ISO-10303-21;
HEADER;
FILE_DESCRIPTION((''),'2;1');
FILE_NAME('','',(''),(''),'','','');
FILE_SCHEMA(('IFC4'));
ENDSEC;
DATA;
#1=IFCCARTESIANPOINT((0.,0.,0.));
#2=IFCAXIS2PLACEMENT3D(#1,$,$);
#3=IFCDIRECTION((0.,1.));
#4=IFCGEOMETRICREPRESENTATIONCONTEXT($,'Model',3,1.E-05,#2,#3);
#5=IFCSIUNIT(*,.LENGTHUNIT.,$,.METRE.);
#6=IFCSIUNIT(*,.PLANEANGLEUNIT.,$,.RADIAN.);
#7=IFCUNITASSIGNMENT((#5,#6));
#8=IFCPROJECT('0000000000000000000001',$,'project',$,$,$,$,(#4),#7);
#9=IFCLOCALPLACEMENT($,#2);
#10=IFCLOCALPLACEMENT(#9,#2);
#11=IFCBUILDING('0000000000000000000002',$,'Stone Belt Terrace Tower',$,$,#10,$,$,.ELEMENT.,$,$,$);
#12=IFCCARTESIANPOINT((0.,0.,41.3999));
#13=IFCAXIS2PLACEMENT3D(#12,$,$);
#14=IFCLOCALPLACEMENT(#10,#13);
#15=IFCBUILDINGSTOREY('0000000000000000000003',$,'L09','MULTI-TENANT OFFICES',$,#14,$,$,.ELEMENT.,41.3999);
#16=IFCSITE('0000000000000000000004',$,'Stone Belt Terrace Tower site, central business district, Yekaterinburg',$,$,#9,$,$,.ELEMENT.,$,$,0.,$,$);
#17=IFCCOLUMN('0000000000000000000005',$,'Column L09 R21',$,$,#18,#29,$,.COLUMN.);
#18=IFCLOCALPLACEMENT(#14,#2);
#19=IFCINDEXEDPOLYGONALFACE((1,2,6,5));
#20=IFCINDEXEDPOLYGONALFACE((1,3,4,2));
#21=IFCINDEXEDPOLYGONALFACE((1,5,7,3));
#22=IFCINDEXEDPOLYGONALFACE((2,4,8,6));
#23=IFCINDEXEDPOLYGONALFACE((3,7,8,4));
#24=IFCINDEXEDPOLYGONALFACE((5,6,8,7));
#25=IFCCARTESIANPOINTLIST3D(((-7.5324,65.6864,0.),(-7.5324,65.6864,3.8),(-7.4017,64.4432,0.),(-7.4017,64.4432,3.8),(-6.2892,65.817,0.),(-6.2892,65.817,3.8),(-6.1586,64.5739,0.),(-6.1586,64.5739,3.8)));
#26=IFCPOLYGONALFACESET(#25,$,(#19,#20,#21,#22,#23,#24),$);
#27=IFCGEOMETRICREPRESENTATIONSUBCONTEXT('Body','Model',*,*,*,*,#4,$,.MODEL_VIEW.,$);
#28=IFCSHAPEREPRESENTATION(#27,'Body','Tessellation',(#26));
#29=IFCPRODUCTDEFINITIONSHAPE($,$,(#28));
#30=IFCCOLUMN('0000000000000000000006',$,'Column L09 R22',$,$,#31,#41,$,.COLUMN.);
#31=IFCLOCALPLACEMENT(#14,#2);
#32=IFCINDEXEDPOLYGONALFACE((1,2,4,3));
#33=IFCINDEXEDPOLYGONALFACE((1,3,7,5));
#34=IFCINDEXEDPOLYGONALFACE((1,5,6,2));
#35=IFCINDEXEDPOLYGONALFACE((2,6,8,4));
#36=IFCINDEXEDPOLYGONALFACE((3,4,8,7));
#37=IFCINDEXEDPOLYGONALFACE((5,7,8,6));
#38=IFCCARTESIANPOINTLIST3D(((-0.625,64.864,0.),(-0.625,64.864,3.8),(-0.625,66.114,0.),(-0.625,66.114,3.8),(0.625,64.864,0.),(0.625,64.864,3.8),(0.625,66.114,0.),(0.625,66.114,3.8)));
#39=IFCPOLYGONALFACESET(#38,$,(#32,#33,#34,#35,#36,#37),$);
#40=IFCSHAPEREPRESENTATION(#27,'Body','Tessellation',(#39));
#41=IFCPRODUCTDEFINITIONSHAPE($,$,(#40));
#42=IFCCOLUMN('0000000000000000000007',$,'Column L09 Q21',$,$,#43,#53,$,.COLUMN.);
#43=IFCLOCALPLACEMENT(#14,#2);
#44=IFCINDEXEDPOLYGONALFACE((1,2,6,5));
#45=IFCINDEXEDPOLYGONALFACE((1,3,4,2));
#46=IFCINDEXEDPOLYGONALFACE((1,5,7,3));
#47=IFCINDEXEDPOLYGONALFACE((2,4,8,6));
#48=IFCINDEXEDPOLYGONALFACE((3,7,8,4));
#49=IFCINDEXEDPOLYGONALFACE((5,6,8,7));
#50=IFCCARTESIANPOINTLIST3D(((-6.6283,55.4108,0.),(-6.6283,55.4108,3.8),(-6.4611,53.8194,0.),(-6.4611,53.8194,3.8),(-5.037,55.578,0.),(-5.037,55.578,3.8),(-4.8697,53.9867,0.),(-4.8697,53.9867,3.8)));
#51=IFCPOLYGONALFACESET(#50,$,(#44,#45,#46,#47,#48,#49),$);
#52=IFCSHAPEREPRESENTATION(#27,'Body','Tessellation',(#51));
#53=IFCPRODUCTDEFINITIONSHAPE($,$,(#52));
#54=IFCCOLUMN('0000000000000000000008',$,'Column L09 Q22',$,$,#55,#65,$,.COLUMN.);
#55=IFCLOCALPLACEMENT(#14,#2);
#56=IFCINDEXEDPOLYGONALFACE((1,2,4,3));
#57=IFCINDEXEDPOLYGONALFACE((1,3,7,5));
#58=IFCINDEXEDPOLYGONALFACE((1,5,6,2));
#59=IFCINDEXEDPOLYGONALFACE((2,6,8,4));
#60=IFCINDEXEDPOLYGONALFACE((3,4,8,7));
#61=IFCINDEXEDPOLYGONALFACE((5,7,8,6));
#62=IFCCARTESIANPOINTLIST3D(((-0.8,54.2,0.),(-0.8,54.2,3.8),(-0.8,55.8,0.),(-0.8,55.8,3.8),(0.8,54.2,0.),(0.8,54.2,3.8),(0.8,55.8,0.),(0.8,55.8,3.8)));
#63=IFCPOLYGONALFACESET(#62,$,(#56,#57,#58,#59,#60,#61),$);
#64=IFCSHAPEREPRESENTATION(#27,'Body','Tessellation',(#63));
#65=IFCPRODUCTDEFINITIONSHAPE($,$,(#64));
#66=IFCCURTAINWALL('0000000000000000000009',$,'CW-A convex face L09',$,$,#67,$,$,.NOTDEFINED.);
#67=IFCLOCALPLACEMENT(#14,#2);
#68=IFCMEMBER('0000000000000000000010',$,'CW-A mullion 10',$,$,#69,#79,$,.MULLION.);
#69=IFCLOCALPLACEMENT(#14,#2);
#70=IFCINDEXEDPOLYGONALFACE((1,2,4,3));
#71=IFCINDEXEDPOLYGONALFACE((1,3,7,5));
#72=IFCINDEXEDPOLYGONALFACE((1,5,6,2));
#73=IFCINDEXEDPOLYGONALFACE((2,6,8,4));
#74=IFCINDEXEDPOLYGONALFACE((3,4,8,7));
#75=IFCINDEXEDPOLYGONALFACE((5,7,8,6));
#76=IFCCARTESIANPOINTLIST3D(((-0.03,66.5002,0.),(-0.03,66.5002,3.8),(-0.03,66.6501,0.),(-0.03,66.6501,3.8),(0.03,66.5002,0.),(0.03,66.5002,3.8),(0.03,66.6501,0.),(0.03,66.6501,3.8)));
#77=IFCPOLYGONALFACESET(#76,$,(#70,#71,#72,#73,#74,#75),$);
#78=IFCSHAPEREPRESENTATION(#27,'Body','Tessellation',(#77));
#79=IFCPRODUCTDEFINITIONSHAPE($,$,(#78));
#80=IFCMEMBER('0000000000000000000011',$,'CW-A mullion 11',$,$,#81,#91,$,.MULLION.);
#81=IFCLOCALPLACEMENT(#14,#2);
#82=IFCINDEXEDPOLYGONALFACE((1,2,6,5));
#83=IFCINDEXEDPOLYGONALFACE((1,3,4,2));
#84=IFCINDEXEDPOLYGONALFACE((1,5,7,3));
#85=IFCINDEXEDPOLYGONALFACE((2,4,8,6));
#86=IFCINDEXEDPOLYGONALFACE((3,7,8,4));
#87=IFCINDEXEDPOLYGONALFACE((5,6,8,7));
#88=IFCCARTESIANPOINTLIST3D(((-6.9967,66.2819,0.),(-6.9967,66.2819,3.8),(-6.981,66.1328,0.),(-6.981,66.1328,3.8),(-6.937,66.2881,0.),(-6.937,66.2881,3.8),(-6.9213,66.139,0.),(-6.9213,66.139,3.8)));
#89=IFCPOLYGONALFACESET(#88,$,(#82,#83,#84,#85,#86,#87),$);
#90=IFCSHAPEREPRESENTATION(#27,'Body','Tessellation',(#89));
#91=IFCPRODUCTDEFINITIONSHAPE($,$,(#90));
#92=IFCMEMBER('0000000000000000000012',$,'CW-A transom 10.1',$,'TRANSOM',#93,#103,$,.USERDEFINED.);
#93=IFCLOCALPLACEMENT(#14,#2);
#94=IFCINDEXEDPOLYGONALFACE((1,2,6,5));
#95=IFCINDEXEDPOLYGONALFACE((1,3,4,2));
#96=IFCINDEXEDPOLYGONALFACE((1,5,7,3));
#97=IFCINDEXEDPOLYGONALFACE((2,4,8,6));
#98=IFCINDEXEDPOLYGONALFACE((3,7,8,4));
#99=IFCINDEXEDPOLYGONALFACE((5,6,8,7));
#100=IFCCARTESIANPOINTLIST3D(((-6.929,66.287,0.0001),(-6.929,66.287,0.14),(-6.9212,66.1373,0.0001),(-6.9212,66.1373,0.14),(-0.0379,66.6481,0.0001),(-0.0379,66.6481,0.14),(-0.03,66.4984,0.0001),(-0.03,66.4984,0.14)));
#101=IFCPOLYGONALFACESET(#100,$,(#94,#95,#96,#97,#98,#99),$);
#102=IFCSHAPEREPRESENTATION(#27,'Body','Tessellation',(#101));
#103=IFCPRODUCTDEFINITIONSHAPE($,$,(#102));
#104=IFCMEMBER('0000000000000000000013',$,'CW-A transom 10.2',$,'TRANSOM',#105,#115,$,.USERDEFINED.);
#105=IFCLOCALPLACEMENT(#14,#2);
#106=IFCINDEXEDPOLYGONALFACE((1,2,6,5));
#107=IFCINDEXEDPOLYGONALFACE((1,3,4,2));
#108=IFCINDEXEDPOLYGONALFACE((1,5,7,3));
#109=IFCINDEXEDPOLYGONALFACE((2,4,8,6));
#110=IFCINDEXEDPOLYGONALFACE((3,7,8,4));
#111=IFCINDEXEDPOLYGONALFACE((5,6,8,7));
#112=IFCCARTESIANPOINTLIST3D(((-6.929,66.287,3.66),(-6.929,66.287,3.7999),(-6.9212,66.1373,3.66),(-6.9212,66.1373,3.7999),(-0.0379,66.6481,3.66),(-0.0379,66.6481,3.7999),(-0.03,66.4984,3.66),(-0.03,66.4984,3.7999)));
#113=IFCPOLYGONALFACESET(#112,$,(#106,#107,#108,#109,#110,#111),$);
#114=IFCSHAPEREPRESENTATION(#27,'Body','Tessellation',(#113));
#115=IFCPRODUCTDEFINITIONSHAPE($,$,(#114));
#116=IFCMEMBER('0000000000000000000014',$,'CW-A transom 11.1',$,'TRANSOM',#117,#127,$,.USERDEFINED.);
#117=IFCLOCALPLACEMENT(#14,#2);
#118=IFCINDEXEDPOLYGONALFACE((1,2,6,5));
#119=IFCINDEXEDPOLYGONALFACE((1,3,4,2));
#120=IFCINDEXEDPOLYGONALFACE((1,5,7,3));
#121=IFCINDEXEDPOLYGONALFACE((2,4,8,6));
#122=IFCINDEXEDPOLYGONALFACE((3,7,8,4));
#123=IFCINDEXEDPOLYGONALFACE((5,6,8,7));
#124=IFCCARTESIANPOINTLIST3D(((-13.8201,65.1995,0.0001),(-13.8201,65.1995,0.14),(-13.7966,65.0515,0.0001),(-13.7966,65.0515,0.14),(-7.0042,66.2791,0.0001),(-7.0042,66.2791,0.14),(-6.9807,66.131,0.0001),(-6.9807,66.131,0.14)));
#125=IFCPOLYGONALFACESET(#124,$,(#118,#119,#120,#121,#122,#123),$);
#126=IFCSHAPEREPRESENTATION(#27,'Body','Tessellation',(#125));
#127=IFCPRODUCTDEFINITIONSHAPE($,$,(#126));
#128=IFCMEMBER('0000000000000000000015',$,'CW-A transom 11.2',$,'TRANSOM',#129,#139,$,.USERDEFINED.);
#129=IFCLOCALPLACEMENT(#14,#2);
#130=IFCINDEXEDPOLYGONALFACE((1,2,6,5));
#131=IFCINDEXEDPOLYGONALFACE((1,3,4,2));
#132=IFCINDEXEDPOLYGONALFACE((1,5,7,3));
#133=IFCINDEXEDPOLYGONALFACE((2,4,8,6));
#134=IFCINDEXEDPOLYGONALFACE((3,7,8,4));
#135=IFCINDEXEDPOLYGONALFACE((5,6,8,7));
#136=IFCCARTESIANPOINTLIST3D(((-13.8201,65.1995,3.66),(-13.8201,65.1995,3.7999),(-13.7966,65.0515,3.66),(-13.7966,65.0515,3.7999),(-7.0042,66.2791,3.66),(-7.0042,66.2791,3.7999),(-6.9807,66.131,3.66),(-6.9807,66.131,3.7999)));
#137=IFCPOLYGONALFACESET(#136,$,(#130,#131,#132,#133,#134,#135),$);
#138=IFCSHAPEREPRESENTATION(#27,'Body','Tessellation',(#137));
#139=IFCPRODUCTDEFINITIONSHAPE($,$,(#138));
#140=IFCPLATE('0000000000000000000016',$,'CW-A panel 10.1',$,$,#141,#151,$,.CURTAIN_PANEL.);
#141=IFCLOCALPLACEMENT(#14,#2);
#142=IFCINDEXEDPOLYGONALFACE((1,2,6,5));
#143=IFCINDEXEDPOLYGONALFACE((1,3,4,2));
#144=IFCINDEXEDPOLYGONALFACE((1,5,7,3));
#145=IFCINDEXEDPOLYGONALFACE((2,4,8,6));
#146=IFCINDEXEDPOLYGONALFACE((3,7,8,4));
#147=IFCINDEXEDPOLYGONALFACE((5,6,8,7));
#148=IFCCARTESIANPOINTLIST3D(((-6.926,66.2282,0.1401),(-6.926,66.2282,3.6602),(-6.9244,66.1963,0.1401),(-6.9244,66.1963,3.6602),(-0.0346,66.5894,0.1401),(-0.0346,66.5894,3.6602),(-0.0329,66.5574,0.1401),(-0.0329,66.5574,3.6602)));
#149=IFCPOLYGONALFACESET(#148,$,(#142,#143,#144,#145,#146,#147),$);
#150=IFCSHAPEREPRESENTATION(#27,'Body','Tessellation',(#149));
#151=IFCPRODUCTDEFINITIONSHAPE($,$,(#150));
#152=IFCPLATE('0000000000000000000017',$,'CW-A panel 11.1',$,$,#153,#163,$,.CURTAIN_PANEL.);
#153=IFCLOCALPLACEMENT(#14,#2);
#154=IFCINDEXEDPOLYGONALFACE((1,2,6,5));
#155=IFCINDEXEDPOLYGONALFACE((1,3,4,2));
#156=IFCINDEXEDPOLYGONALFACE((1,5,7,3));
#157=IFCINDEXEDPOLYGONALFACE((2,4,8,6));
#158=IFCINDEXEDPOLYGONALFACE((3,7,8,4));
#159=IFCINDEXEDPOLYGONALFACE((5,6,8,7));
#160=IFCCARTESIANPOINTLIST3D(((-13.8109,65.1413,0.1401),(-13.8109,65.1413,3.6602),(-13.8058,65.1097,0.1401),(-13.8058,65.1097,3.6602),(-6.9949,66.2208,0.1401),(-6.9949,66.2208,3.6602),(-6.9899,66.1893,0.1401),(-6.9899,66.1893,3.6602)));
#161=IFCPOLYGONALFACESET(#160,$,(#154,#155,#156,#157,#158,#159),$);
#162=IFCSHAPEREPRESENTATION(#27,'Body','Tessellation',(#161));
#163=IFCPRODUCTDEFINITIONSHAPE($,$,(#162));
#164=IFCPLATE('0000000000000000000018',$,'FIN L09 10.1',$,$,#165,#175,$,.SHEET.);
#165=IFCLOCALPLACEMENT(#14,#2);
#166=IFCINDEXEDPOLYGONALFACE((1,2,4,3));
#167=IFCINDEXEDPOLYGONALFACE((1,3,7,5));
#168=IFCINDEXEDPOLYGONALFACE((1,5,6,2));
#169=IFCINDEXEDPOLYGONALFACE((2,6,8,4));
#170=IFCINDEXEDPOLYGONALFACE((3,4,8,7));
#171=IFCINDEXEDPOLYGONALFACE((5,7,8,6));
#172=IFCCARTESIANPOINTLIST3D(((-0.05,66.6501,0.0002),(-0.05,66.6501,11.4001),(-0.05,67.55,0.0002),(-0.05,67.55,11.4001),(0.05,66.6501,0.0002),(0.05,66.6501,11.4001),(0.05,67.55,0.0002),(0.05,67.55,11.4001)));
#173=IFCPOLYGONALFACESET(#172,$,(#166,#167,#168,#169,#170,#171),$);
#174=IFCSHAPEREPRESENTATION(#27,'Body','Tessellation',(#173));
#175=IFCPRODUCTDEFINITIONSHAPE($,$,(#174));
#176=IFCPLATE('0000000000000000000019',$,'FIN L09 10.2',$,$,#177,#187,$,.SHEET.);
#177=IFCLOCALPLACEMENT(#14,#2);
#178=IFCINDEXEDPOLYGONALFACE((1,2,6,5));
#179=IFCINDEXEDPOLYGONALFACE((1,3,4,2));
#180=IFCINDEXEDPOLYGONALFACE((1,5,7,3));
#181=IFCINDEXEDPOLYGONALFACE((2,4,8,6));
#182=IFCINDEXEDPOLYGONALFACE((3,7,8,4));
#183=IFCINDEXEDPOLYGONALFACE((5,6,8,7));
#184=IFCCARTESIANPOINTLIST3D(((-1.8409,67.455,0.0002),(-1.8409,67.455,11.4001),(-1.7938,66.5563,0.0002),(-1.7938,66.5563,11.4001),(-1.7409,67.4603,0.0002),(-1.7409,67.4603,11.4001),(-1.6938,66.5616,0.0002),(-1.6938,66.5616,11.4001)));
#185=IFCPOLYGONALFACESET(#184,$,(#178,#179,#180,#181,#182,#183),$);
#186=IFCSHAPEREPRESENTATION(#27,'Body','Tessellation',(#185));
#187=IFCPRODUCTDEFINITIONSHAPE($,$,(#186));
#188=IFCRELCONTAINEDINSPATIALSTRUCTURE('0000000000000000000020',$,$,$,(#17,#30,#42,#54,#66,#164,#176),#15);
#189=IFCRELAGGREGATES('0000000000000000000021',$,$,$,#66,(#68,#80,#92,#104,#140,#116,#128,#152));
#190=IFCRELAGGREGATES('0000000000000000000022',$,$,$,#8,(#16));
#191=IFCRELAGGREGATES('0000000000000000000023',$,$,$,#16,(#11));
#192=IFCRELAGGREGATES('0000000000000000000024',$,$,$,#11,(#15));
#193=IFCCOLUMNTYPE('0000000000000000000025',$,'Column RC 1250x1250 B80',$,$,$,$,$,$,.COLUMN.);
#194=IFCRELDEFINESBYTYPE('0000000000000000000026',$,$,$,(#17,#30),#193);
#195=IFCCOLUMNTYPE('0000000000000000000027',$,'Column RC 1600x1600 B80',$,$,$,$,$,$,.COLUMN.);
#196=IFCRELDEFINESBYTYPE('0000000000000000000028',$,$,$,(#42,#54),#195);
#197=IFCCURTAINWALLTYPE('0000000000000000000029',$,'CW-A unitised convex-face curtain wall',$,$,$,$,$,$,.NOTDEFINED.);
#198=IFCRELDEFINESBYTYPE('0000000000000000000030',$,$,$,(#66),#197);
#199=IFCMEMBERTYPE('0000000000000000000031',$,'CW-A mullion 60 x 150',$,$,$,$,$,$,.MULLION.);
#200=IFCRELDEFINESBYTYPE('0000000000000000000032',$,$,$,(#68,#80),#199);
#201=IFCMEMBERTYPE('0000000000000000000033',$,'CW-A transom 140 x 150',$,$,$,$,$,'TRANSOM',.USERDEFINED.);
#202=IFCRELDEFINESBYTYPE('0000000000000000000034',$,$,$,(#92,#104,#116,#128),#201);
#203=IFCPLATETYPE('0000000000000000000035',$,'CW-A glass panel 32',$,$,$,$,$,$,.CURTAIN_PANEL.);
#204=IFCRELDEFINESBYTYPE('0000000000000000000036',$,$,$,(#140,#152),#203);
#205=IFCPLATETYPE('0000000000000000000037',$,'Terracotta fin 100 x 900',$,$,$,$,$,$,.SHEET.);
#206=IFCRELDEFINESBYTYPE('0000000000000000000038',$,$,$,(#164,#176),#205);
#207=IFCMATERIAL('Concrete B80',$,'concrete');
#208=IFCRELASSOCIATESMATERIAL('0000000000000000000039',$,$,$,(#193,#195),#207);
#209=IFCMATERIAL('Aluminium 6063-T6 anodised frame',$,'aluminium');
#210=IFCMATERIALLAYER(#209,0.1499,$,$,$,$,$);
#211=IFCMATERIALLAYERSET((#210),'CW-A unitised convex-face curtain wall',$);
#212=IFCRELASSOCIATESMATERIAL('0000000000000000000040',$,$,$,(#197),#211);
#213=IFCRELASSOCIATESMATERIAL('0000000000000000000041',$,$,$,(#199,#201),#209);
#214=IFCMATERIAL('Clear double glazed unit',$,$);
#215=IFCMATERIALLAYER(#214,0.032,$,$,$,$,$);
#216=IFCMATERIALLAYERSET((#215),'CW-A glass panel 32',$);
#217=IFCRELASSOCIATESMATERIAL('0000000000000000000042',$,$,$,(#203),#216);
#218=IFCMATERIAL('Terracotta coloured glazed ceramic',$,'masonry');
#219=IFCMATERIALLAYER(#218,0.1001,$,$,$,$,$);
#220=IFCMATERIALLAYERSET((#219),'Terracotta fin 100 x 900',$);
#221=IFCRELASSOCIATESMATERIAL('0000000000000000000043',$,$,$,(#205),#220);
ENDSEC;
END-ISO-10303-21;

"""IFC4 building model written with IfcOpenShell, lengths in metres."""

from ifc_helpers import new_model, si_unit, direction, frame, origin, origin_2d, place, context, subcontext, project, spatial, rectangle, extrude, material, layer, layer_set, material_profile, profile_set, type_object, element, aggregate, save


model = new_model("IFC4")

# Units and contexts
model_context = context("Model", 3, precision=1e-05, world=origin(), true_north=direction((0.0, 1.0)))
body_context = subcontext(model_context, "Body", "Model", "MODEL_VIEW")
ifc_project = project(units=[si_unit("LENGTHUNIT", "METRE"), si_unit("PLANEANGLEUNIT", "RADIAN")], contexts=[model_context])

# Site, building, storey
site_placement = place(None, origin())
site = spatial("IfcSite", under=ifc_project, at=site_placement, Name="Stone Belt Terrace Tower site, central business district, Yekaterinburg", CompositionType="ELEMENT", RefElevation=0.0)
building_placement = place(site_placement, origin())
building = spatial("IfcBuilding", under=site, at=building_placement, Name="Stone Belt Terrace Tower", CompositionType="ELEMENT")
storey_placement = place(building_placement, frame((0.0, 0.0, 41.3999)))
storey = spatial("IfcBuildingStorey", under=building, at=storey_placement, Name="L09", Description="MULTI-TENANT OFFICES", CompositionType="ELEMENT", Elevation=41.3999)

# Columns
ifc_material_1 = material(Name="Concrete B80", Category="concrete")
ifc_material_profile_1 = material_profile(ifc_material_1, rectangle(XDim=1.25, YDim=1.25, at=origin_2d()), Name="RC 1250x1250")
ifc_profile_set_1 = profile_set([ifc_material_profile_1], Name="Concrete B80")
column_type_1 = type_object("IfcColumnType", Name="Column RC 1250x1250 B80", PredefinedType="COLUMN", material=ifc_profile_set_1)
for number, where, z_axis, x_axis, name in (
    (1, (-6.8455, 65.1301, 0.0), (0.0, 0.0, 1.0), (0.994522, 0.104528, 0.0), "Column L09 R21"),
    (2, (0.0, 65.489, 0.0), (0.0, 0.0, 1.0), (1.0, 0.0, 0.0), "Column L09 R22"),
):
    element("IfcColumn", number, at=place(storey_placement, frame(where, z_axis=z_axis, x_axis=x_axis)), inside=storey, type_object=column_type_1, Name=name, PredefinedType="COLUMN", context=body_context, shape_type="SweptSolid", body=[
        extrude(rectangle(XDim=1.25, YDim=1.25, at=origin_2d()), origin(), (0.0, 0.0, 1.0), 3.8),
    ])
ifc_material_profile_2 = material_profile(ifc_material_1, rectangle(XDim=1.6001, YDim=1.6001, at=origin_2d()), Name="RC 1600x1600")
ifc_profile_set_2 = profile_set([ifc_material_profile_2], Name="Concrete B80")
column_type_2 = type_object("IfcColumnType", Name="Column RC 1600x1600 B80", PredefinedType="COLUMN", material=ifc_profile_set_2)
for number, where, z_axis, x_axis, name in (
    (3, (-5.749, 54.6987, 0.0), (0.0, 0.0, 1.0), (0.994522, 0.104528, 0.0), "Column L09 Q21"),
    (4, (0.0, 55.0, 0.0), (0.0, 0.0, 1.0), (1.0, 0.0, 0.0), "Column L09 Q22"),
):
    element("IfcColumn", number, at=place(storey_placement, frame(where, z_axis=z_axis, x_axis=x_axis)), inside=storey, type_object=column_type_2, Name=name, PredefinedType="COLUMN", context=body_context, shape_type="SweptSolid", body=[
        extrude(rectangle(XDim=1.6001, YDim=1.6001, at=origin_2d()), origin(), (0.0, 0.0, 1.0), 3.8),
    ])

# Curtain wall, members, plates
ifc_material_2 = material(Name="Aluminium 6063-T6 anodised frame", Category="aluminium")
ifc_layer_1 = layer(ifc_material_2, 0.1499)
ifc_layer_set_1 = layer_set([ifc_layer_1], Name="CW-A unitised convex-face curtain wall")
curtain_wall_type = type_object("IfcCurtainWallType", Name="CW-A unitised convex-face curtain wall", PredefinedType="NOTDEFINED", material=ifc_layer_set_1)
curtain_wall_placement = place(storey_placement, origin())
curtain_wall = element("IfcCurtainWall", 5, at=curtain_wall_placement, inside=storey, type_object=curtain_wall_type, Name="CW-A convex face L09", PredefinedType="NOTDEFINED")
ifc_material_profile_3 = material_profile(ifc_material_2, rectangle(XDim=0.1499, YDim=0.0601, at=origin_2d()), Name="Aluminium 6063-T6 60x150")
ifc_profile_set_3 = profile_set([ifc_material_profile_3], Name="Aluminium 6063-T6 anodised frame")
member_type_1 = type_object("IfcMemberType", Name="CW-A mullion 60 x 150", PredefinedType="MULLION", material=ifc_profile_set_3)
member_1_placement = place(storey_placement, frame((0.0, 66.5752, 0.0), z_axis=(0.0, 0.0, 1.0), x_axis=(0.0, -1.0, 0.0)))
member_1 = element("IfcMember", 6, at=member_1_placement, type_object=member_type_1, Name="CW-A mullion 10", PredefinedType="MULLION", context=body_context, shape_type="SweptSolid", body=[
    extrude(rectangle(XDim=0.1499, YDim=0.0601, at=origin_2d()), origin(), (0.0, 0.0, 1.0), 3.8),
])
member_2_placement = place(storey_placement, frame((-6.959, 66.2104, 0.0), z_axis=(0.0, 0.0, 1.0), x_axis=(0.104528, -0.994522, 0.0)))
member_2 = element("IfcMember", 7, at=member_2_placement, type_object=member_type_1, Name="CW-A mullion 11", PredefinedType="MULLION", context=body_context, shape_type="SweptSolid", body=[
    extrude(rectangle(XDim=0.1499, YDim=0.0601, at=origin_2d()), origin(), (0.0, 0.0, 1.0), 3.8),
])
ifc_material_profile_4 = material_profile(ifc_material_2, rectangle(XDim=0.1499, YDim=0.1399, at=origin_2d()), Name="Aluminium 6063-T6 150x140")
ifc_profile_set_4 = profile_set([ifc_material_profile_4], Name="Aluminium 6063-T6 anodised frame")
member_type_2 = type_object("IfcMemberType", Name="CW-A transom 140 x 150", ElementType="TRANSOM", PredefinedType="USERDEFINED", material=ifc_profile_set_4)
member_3_placement = place(storey_placement, frame((-0.0339, 66.5732, 0.0701), z_axis=(-0.99863, -0.052327, 0.0), x_axis=(0.052327, -0.99863, 0.0)))
member_3 = element("IfcMember", 8, at=member_3_placement, type_object=member_type_2, Name="CW-A transom 10.1", ObjectType="TRANSOM", PredefinedType="USERDEFINED", context=body_context, shape_type="SweptSolid", body=[
    extrude(rectangle(XDim=0.1499, YDim=0.1399, at=origin_2d()), origin(), (0.0, 0.0, 1.0), 6.9006),
])
member_4_placement = place(storey_placement, frame((-0.0339, 66.5732, 3.73), z_axis=(-0.99863, -0.052327, 0.0), x_axis=(0.052327, -0.99863, 0.0)))
member_4 = element("IfcMember", 9, at=member_4_placement, type_object=member_type_2, Name="CW-A transom 10.2", ObjectType="TRANSOM", PredefinedType="USERDEFINED", context=body_context, shape_type="SweptSolid", body=[
    extrude(rectangle(XDim=0.1499, YDim=0.1399, at=origin_2d()), origin(), (0.0, 0.0, 1.0), 6.9006),
])
member_5_placement = place(storey_placement, frame((-6.9924, 66.2051, 0.0701), z_axis=(-0.987687, -0.156442, 0.0), x_axis=(0.156442, -0.987687, 0.0)))
member_5 = element("IfcMember", 10, at=member_5_placement, type_object=member_type_2, Name="CW-A transom 11.1", ObjectType="TRANSOM", PredefinedType="USERDEFINED", context=body_context, shape_type="SweptSolid", body=[
    extrude(rectangle(XDim=0.1499, YDim=0.1399, at=origin_2d()), origin(), (0.0, 0.0, 1.0), 6.9009),
])
member_6_placement = place(storey_placement, frame((-6.9924, 66.2051, 3.73), z_axis=(-0.987687, -0.156442, 0.0), x_axis=(0.156442, -0.987687, 0.0)))
member_6 = element("IfcMember", 11, at=member_6_placement, type_object=member_type_2, Name="CW-A transom 11.2", ObjectType="TRANSOM", PredefinedType="USERDEFINED", context=body_context, shape_type="SweptSolid", body=[
    extrude(rectangle(XDim=0.1499, YDim=0.1399, at=origin_2d()), origin(), (0.0, 0.0, 1.0), 6.9009),
])
ifc_material_3 = material(Name="Clear double glazed unit")
ifc_layer_2 = layer(ifc_material_3, 0.032)
ifc_layer_set_2 = layer_set([ifc_layer_2], Name="CW-A glass panel 32")
plate_type_1 = type_object("IfcPlateType", Name="CW-A glass panel 32", PredefinedType="CURTAIN_PANEL", material=ifc_layer_set_2)
plate_1_placement = place(storey_placement, frame((-3.4795, 66.3928, 0.1401), z_axis=(0.0, 0.0, 1.0), x_axis=(-0.99863, -0.052336, 0.0)))
plate_1 = element("IfcPlate", 12, at=plate_1_placement, type_object=plate_type_1, Name="CW-A panel 10.1", PredefinedType="CURTAIN_PANEL", context=body_context, shape_type="SweptSolid", body=[
    extrude(rectangle(XDim=6.9009, YDim=0.032, at=origin_2d()), origin(), (0.0, 0.0, 1.0), 3.52),
])
plate_2_placement = place(storey_placement, frame((-10.4004, 65.6653, 0.1401), z_axis=(0.0, 0.0, 1.0), x_axis=(-0.987688, -0.156434, 0.0)))
plate_2 = element("IfcPlate", 13, at=plate_2_placement, type_object=plate_type_1, Name="CW-A panel 11.1", PredefinedType="CURTAIN_PANEL", context=body_context, shape_type="SweptSolid", body=[
    extrude(rectangle(XDim=6.9009, YDim=0.032, at=origin_2d()), origin(), (0.0, 0.0, 1.0), 3.52),
])
aggregate(curtain_wall, [member_1, member_2, member_3, member_4, plate_1, member_5, member_6, plate_2])

# Plates
ifc_material_4 = material(Name="Terracotta coloured glazed ceramic", Category="masonry")
ifc_layer_3 = layer(ifc_material_4, 0.1001)
ifc_layer_set_3 = layer_set([ifc_layer_3], Name="Terracotta fin 100 x 900")
plate_type_2 = type_object("IfcPlateType", Name="Terracotta fin 100 x 900", PredefinedType="SHEET", material=ifc_layer_set_3)
for number, where, z_axis, x_axis, name in (
    (14, (0.0, 67.1001, 0.0002), (0.0, 0.0, 1.0), (0.0, 1.0, 0.0), "FIN L09 10.1"),
    (15, (-1.7673, 67.0083, 0.0002), (0.0, 0.0, 1.0), (-0.052336, 0.99863, 0.0), "FIN L09 10.2"),
):
    element("IfcPlate", number, at=place(storey_placement, frame(where, z_axis=z_axis, x_axis=x_axis)), inside=storey, type_object=plate_type_2, Name=name, PredefinedType="SHEET", context=body_context, shape_type="SweptSolid", body=[
        extrude(rectangle(XDim=0.8999, YDim=0.1001, at=origin_2d()), origin(), (0.0, 0.0, 1.0), 11.3999),
    ])

save(model, "model.ifc")
